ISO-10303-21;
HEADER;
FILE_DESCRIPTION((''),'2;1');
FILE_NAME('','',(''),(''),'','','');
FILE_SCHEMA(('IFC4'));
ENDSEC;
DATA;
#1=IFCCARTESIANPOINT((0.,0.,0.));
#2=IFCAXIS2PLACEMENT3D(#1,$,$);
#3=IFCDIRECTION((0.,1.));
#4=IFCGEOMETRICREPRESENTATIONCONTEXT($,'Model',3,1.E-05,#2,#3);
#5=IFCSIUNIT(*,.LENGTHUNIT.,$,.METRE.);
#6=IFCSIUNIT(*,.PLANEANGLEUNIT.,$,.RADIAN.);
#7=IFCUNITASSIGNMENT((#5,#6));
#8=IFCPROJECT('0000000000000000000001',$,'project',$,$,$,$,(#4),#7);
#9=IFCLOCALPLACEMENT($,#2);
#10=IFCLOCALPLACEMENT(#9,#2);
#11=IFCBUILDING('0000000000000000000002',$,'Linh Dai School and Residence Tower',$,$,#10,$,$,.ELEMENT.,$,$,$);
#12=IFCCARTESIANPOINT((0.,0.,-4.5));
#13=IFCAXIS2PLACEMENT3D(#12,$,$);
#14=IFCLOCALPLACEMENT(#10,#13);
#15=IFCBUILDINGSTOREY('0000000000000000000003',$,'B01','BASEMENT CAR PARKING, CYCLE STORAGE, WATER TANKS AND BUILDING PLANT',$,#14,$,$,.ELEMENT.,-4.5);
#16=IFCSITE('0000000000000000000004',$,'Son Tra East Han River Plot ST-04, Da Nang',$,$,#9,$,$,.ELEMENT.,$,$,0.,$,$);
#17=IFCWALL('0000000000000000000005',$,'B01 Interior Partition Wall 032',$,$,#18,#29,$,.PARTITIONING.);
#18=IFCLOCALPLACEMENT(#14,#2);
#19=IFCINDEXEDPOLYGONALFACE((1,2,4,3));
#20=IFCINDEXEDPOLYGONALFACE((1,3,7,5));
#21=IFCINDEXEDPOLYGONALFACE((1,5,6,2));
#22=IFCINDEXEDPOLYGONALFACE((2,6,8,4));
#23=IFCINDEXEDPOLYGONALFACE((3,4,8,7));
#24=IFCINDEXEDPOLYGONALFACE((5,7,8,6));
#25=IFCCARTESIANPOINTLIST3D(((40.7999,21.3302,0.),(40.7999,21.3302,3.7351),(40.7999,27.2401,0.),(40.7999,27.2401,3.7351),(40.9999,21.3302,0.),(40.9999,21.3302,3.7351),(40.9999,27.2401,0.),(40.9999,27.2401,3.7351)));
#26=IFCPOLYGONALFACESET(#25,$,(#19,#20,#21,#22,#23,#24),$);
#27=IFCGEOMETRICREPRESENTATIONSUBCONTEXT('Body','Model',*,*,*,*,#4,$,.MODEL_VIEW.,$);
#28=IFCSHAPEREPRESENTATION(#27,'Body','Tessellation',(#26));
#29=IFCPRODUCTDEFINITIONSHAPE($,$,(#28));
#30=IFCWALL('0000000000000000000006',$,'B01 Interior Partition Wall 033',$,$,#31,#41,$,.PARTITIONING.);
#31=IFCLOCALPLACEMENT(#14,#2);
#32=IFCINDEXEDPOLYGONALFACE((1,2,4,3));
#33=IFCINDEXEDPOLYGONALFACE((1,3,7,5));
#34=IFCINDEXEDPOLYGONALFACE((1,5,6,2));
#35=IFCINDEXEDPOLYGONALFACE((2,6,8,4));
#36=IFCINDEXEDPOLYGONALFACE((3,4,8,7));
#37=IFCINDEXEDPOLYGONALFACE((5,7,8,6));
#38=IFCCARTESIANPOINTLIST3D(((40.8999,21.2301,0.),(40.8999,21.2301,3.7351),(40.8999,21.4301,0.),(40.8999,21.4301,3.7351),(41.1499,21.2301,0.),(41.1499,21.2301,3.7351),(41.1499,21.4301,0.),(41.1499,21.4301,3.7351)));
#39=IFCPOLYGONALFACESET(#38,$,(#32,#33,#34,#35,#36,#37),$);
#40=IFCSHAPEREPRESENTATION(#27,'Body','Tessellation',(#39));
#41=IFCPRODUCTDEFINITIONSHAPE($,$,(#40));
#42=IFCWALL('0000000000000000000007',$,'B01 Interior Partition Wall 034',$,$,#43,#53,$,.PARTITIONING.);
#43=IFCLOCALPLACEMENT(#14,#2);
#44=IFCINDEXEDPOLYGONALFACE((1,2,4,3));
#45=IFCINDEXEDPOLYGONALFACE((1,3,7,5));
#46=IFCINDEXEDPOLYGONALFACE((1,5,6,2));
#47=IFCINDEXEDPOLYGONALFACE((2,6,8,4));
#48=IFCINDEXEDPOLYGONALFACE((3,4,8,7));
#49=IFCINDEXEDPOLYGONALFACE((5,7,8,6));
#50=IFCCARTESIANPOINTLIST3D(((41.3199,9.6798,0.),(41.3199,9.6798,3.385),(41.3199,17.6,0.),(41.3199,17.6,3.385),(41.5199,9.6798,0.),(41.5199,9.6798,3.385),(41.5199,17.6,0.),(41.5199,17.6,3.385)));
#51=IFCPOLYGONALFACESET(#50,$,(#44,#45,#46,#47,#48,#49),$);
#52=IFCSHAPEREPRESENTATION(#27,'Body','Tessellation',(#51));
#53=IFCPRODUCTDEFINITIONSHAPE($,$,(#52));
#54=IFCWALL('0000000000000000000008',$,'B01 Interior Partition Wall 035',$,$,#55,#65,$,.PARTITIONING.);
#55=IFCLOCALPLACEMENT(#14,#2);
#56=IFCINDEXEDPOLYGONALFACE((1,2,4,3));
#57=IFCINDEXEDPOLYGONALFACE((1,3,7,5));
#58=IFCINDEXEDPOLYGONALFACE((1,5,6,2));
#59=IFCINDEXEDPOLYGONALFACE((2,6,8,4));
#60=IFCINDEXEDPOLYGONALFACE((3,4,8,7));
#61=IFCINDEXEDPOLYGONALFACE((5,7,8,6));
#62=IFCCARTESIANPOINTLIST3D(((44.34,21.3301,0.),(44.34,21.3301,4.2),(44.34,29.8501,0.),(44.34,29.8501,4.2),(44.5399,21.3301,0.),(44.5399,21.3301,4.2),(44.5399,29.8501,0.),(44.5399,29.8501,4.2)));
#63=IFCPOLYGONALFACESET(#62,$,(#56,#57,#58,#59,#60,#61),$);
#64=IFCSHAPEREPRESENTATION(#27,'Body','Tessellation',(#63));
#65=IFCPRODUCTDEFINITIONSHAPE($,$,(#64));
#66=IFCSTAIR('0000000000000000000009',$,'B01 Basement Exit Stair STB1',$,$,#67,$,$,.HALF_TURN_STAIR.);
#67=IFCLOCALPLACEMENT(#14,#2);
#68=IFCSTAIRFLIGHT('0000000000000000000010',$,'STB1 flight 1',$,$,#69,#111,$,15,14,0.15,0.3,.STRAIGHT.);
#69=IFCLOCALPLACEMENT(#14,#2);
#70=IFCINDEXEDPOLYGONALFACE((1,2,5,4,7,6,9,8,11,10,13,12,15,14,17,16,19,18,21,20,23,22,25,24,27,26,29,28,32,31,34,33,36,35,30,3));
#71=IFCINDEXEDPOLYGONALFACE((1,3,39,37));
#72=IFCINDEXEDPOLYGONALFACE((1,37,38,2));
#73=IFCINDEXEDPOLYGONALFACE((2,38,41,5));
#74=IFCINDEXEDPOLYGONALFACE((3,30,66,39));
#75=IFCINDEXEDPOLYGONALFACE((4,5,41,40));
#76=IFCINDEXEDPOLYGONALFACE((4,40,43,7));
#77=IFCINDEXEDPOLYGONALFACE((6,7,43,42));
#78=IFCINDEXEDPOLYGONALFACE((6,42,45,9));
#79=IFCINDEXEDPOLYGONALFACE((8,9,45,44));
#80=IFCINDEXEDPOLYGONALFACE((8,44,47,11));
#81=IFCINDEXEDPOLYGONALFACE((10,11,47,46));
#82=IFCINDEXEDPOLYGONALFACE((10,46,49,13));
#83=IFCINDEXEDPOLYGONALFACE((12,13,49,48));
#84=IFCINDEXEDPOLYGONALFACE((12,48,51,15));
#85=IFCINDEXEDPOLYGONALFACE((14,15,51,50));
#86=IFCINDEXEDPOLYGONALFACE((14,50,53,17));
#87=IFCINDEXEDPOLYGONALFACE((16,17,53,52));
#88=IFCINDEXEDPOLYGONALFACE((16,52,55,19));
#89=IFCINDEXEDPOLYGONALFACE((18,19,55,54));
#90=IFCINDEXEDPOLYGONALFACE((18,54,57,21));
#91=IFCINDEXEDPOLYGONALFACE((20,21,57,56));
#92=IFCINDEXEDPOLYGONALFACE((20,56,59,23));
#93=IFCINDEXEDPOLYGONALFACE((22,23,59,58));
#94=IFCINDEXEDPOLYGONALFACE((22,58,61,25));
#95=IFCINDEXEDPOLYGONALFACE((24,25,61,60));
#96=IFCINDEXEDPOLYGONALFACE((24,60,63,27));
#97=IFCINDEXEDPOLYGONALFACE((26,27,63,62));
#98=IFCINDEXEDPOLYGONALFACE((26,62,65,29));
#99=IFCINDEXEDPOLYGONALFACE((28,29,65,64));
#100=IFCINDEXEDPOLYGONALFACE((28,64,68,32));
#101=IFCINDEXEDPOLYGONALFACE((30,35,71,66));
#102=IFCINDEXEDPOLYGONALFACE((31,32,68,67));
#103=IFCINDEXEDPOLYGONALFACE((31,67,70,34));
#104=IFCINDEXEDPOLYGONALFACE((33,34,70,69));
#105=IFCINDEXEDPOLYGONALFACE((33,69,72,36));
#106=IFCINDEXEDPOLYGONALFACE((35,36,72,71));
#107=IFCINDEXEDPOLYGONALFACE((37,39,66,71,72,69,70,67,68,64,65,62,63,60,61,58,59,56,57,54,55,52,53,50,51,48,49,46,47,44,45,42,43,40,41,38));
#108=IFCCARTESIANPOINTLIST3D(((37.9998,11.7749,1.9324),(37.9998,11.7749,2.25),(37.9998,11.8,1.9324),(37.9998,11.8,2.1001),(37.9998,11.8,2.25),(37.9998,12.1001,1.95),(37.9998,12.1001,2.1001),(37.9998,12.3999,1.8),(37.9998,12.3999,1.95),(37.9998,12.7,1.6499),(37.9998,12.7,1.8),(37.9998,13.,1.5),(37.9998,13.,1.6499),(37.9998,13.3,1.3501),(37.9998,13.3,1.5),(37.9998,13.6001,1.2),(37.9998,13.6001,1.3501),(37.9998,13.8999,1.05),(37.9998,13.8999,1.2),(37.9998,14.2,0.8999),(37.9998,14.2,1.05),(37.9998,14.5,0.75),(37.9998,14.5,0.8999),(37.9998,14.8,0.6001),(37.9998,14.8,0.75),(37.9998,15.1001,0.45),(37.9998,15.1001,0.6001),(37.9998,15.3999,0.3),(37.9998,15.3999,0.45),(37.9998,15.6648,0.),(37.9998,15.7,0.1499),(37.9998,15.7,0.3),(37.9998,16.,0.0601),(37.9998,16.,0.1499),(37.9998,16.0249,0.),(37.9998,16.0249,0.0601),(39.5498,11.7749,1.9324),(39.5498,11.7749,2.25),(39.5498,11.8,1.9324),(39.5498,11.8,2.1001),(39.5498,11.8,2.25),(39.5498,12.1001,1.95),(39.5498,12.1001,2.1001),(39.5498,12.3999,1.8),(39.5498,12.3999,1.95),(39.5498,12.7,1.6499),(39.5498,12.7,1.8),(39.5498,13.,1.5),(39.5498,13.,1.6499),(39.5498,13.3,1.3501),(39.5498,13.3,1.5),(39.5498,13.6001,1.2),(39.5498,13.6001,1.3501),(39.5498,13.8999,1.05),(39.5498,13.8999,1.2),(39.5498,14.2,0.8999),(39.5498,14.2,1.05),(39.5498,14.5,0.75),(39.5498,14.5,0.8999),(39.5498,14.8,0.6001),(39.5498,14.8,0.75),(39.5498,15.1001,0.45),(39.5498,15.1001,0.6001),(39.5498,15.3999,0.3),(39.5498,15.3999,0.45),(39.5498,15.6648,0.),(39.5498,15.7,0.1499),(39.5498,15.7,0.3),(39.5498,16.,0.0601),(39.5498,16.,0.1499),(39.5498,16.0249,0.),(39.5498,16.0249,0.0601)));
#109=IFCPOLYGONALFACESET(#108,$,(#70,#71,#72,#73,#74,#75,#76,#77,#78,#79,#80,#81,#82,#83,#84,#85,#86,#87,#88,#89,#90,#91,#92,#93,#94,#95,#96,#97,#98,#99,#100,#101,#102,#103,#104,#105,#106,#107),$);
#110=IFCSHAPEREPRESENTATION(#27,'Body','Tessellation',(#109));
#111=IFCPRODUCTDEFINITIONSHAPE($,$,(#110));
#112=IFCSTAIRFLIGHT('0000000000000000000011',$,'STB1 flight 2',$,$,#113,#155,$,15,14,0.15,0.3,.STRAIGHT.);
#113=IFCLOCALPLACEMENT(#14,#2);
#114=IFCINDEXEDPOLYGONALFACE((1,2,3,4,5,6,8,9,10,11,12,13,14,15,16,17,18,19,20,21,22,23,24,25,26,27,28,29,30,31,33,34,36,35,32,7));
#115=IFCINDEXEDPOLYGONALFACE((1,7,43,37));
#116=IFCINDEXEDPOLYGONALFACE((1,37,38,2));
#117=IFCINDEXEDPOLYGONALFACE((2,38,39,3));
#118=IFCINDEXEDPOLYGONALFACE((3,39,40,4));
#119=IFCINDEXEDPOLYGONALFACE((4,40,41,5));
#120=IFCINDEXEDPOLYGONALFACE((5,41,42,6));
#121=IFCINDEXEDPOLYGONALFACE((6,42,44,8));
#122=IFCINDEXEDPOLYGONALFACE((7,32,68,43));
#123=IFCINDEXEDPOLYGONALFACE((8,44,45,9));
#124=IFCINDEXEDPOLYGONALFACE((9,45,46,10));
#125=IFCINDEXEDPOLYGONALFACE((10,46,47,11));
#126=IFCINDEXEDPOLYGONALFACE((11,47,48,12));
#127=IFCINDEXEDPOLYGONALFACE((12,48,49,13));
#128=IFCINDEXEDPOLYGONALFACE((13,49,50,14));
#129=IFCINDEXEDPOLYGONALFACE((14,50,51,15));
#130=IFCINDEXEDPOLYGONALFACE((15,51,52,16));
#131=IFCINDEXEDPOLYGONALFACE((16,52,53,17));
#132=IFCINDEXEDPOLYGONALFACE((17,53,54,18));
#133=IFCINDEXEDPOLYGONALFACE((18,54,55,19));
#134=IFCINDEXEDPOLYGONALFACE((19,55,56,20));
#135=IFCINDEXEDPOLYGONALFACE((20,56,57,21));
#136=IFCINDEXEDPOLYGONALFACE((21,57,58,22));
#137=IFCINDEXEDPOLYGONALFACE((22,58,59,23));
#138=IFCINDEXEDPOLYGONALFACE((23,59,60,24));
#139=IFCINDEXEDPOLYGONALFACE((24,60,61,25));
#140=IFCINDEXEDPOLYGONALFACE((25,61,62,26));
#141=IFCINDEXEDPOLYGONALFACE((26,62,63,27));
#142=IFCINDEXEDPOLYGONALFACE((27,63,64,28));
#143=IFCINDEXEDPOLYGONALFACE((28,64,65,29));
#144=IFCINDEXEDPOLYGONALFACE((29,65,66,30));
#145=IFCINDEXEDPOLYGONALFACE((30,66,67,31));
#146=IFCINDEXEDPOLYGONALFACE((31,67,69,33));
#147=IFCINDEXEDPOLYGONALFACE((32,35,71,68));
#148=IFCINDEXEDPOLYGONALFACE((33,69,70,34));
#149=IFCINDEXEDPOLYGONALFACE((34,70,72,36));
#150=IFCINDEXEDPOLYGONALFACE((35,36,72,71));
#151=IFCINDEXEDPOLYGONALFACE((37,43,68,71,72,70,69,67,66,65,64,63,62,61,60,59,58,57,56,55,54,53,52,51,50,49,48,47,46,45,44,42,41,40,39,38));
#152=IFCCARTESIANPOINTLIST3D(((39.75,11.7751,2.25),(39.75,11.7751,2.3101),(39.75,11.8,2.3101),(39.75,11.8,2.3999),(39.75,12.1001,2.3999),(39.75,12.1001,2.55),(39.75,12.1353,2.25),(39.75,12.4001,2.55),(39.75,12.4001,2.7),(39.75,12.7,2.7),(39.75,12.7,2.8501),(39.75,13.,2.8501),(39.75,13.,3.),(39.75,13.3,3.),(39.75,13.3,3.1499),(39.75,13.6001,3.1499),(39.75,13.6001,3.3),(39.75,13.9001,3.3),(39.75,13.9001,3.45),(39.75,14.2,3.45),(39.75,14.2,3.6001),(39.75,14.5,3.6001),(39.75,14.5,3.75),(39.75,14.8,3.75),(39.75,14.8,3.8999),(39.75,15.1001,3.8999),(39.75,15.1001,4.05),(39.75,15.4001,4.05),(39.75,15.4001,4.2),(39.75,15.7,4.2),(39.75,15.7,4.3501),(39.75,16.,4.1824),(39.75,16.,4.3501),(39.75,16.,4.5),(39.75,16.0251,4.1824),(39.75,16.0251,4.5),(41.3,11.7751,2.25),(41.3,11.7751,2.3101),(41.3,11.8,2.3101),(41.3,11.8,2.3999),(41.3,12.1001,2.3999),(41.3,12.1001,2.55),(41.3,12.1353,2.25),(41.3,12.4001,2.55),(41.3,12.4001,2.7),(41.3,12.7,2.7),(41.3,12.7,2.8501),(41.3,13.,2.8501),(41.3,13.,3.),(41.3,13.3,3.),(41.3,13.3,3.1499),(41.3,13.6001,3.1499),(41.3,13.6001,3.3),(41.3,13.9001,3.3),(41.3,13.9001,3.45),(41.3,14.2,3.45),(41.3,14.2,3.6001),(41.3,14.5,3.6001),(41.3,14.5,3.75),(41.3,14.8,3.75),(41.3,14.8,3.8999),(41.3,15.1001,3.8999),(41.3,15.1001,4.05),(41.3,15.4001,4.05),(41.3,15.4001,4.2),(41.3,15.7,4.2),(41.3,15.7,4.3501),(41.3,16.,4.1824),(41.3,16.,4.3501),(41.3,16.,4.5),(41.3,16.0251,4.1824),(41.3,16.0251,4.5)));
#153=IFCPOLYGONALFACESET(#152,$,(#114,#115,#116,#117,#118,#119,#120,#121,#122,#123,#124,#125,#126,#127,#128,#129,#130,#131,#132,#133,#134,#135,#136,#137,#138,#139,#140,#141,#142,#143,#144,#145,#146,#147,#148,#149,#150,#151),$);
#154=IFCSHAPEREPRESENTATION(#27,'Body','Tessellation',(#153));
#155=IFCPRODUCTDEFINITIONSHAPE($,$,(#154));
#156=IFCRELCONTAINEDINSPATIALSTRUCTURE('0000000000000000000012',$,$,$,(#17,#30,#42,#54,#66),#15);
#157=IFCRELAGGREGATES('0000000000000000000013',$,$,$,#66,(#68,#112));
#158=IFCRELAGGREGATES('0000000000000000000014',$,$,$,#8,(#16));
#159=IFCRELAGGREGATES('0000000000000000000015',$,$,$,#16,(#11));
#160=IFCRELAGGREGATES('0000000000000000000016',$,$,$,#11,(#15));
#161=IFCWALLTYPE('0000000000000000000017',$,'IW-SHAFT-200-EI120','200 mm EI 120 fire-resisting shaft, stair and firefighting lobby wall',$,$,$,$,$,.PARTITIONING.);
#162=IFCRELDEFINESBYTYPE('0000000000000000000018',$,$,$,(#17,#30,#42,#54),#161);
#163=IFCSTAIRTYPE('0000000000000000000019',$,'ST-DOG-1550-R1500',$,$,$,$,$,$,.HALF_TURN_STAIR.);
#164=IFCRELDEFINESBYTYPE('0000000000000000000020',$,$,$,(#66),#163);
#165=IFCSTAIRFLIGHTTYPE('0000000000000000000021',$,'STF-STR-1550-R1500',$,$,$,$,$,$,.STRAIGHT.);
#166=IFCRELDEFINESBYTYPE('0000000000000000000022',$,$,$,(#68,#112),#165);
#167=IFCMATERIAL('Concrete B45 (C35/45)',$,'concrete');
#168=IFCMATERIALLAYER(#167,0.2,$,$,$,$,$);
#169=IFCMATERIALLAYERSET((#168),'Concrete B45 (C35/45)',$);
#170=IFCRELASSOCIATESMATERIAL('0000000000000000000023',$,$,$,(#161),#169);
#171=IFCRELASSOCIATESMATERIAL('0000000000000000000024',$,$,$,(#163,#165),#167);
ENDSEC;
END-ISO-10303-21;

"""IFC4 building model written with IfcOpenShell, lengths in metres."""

from ifc_helpers import new_model, si_unit, direction, frame, frame_2d, origin, place, context, subcontext, project, spatial, polyline, rectangle, outline, extrude, source, transform, mapped, material, layer, layer_set, type_object, element, aggregate, save


model = new_model("IFC4")

# Units and contexts
model_context = context("Model", 3, precision=1e-05, world=origin(), true_north=direction((0.0, 1.0)))
body_context = subcontext(model_context, "Body", "Model", "MODEL_VIEW")
ifc_project = project(units=[si_unit("LENGTHUNIT", "METRE"), si_unit("PLANEANGLEUNIT", "RADIAN")], contexts=[model_context])

# Site, building, storey
site_placement = place(None, origin())
site = spatial("IfcSite", under=ifc_project, at=site_placement, Name="Son Tra East Han River Plot ST-04, Da Nang", CompositionType="ELEMENT", RefElevation=0.0)
building_placement = place(site_placement, origin())
building = spatial("IfcBuilding", under=site, at=building_placement, Name="Linh Dai School and Residence Tower", CompositionType="ELEMENT")
storey_placement = place(building_placement, frame((0.0, 0.0, -4.5)))
storey = spatial("IfcBuildingStorey", under=building, at=storey_placement, Name="B01", Description="BASEMENT CAR PARKING, CYCLE STORAGE, WATER TANKS AND BUILDING PLANT", CompositionType="ELEMENT", Elevation=-4.5)

# Walls
ifc_material_1 = material(Name="Concrete B45 (C35/45)", Category="concrete")
ifc_layer_1 = layer(ifc_material_1, 0.2)
ifc_layer_set_1 = layer_set([ifc_layer_1], Name="Concrete B45 (C35/45)")
wall_type_1 = type_object("IfcWallType", Name="IW-SHAFT-200-EI120", Description="200 mm EI 120 fire-resisting shaft, stair and firefighting lobby wall", PredefinedType="PARTITIONING", material=ifc_layer_set_1)
wall_1_placement = place(storey_placement, frame((40.8999, 21.3301, 0.0), z_axis=(0.0, 0.0, 1.0), x_axis=(0.0, 1.0, 0.0)))
element("IfcWall", 1, at=wall_1_placement, inside=storey, type_object=wall_type_1, Name="B01 Interior Partition Wall 032", PredefinedType="PARTITIONING", context=body_context, shape_type="SweptSolid", body=[
    extrude(rectangle(XDim=5.9099, YDim=0.2, at=frame_2d((2.9551, 0.0))), origin(), (0.0, 0.0, 1.0), 3.7351),
])
wall_2_placement = place(storey_placement, frame((40.8999, 21.3301, 0.0), z_axis=(0.0, 0.0, 1.0), x_axis=(1.0, 0.0, 0.0)))
element("IfcWall", 2, at=wall_2_placement, inside=storey, type_object=wall_type_1, Name="B01 Interior Partition Wall 033", PredefinedType="PARTITIONING", context=body_context, shape_type="SweptSolid", body=[
    extrude(rectangle(XDim=0.25, YDim=0.2, at=frame_2d((0.125, 0.0))), origin(), (0.0, 0.0, 1.0), 3.7351),
])
wall_3_placement = place(storey_placement, frame((41.4199, 9.6799, 0.0), z_axis=(0.0, 0.0, 1.0), x_axis=(0.0, 1.0, 0.0)))
element("IfcWall", 3, at=wall_3_placement, inside=storey, type_object=wall_type_1, Name="B01 Interior Partition Wall 034", PredefinedType="PARTITIONING", context=body_context, shape_type="SweptSolid", body=[
    extrude(rectangle(XDim=7.9202, YDim=0.2, at=frame_2d((3.96, 0.0))), origin(), (0.0, 0.0, 1.0), 3.385),
])
wall_4_placement = place(storey_placement, frame((44.4399, 21.3301, 0.0), z_axis=(0.0, 0.0, 1.0), x_axis=(0.0, 1.0, 0.0)))
element("IfcWall", 4, at=wall_4_placement, inside=storey, type_object=wall_type_1, Name="B01 Interior Partition Wall 035", PredefinedType="PARTITIONING", context=body_context, shape_type="SweptSolid", body=[
    extrude(rectangle(XDim=8.52, YDim=0.2, at=frame_2d((4.26, 0.0))), origin(), (0.0, 0.0, 1.0), 4.2),
])

# Stair, stair flights
stair_type = type_object("IfcStairType", Name="ST-DOG-1550-R1500", PredefinedType="HALF_TURN_STAIR", material=ifc_material_1)
stair_placement = place(storey_placement, origin())
stair = element("IfcStair", 5, at=stair_placement, inside=storey, type_object=stair_type, Name="B01 Basement Exit Stair STB1", PredefinedType="HALF_TURN_STAIR")
stair_flight_type = type_object("IfcStairFlightType", Name="STF-STR-1550-R1500", PredefinedType="STRAIGHT", material=ifc_material_1)
shared_shape_1 = source(origin(), body_context, "Body", "SweptSolid", [
    extrude(outline(polyline([(-0.0249, 0.0), (-0.0249, 0.0601), (0.0, 0.0601), (0.0, 0.1499), (0.3, 0.1499), (0.3, 0.3), (0.6001, 0.3), (0.6001, 0.45), (0.8999, 0.45), (0.8999, 0.6001), (1.2, 0.6001), (1.2, 0.75), (1.5, 0.75), (1.5, 0.8999), (1.8, 0.8999), (1.8, 1.05), (2.1001, 1.05), (2.1001, 1.2), (2.3999, 1.2), (2.3999, 1.3501), (2.7, 1.3501), (2.7, 1.5), (3.0, 1.5), (3.0, 1.6499), (3.3, 1.6499), (3.3, 1.8), (3.6001, 1.8), (3.6001, 1.95), (3.8999, 1.95), (3.8999, 2.1001), (4.2, 2.1001), (4.2, 2.25), (4.2251, 2.25), (4.2251, 1.9324), (4.2, 1.9324), (0.3352, 0.0), (-0.0249, 0.0)])), frame((0.0, 0.7749, 0.0), z_axis=(0.0, -1.0, 0.0), x_axis=(1.0, 0.0, 0.0)), (0.0, 0.0, 1.0), 1.55),
])
stair_flight_1_placement = place(storey_placement, frame((38.7749, 16.0, 0.0), z_axis=(0.0, 0.0, 1.0), x_axis=(0.0, -1.0, 0.0)))
stair_flight_1 = element("IfcStairFlight", 6, at=stair_flight_1_placement, type_object=stair_flight_type, Name="STB1 flight 1", NumberOfRisers=15, NumberOfTreads=14, PredefinedType="STRAIGHT", RiserHeight=0.15, TreadLength=0.3, context=body_context, shape_type="MappedRepresentation", body=[
    mapped(shared_shape_1, transform((0.0, 0.0, 0.0), x_axis=(1.0, 0.0, 0.0), y_axis=(0.0, 1.0, 0.0), z_axis=(0.0, 0.0, 1.0), scale=1.0)),
])
stair_flight_2_placement = place(storey_placement, frame((40.5249, 11.8, 2.25), z_axis=(0.0, 0.0, 1.0), x_axis=(0.0, 1.0, 0.0)))
stair_flight_2 = element("IfcStairFlight", 7, at=stair_flight_2_placement, type_object=stair_flight_type, Name="STB1 flight 2", NumberOfRisers=15, NumberOfTreads=14, PredefinedType="STRAIGHT", RiserHeight=0.15, TreadLength=0.3, context=body_context, shape_type="MappedRepresentation", body=[
    mapped(shared_shape_1, transform((0.0, 0.0, 0.0), x_axis=(1.0, 0.0, 0.0), y_axis=(0.0, 1.0, 0.0), z_axis=(0.0, 0.0, 1.0), scale=1.0)),
])
aggregate(stair, [stair_flight_1, stair_flight_2])

save(model, "model.ifc")
